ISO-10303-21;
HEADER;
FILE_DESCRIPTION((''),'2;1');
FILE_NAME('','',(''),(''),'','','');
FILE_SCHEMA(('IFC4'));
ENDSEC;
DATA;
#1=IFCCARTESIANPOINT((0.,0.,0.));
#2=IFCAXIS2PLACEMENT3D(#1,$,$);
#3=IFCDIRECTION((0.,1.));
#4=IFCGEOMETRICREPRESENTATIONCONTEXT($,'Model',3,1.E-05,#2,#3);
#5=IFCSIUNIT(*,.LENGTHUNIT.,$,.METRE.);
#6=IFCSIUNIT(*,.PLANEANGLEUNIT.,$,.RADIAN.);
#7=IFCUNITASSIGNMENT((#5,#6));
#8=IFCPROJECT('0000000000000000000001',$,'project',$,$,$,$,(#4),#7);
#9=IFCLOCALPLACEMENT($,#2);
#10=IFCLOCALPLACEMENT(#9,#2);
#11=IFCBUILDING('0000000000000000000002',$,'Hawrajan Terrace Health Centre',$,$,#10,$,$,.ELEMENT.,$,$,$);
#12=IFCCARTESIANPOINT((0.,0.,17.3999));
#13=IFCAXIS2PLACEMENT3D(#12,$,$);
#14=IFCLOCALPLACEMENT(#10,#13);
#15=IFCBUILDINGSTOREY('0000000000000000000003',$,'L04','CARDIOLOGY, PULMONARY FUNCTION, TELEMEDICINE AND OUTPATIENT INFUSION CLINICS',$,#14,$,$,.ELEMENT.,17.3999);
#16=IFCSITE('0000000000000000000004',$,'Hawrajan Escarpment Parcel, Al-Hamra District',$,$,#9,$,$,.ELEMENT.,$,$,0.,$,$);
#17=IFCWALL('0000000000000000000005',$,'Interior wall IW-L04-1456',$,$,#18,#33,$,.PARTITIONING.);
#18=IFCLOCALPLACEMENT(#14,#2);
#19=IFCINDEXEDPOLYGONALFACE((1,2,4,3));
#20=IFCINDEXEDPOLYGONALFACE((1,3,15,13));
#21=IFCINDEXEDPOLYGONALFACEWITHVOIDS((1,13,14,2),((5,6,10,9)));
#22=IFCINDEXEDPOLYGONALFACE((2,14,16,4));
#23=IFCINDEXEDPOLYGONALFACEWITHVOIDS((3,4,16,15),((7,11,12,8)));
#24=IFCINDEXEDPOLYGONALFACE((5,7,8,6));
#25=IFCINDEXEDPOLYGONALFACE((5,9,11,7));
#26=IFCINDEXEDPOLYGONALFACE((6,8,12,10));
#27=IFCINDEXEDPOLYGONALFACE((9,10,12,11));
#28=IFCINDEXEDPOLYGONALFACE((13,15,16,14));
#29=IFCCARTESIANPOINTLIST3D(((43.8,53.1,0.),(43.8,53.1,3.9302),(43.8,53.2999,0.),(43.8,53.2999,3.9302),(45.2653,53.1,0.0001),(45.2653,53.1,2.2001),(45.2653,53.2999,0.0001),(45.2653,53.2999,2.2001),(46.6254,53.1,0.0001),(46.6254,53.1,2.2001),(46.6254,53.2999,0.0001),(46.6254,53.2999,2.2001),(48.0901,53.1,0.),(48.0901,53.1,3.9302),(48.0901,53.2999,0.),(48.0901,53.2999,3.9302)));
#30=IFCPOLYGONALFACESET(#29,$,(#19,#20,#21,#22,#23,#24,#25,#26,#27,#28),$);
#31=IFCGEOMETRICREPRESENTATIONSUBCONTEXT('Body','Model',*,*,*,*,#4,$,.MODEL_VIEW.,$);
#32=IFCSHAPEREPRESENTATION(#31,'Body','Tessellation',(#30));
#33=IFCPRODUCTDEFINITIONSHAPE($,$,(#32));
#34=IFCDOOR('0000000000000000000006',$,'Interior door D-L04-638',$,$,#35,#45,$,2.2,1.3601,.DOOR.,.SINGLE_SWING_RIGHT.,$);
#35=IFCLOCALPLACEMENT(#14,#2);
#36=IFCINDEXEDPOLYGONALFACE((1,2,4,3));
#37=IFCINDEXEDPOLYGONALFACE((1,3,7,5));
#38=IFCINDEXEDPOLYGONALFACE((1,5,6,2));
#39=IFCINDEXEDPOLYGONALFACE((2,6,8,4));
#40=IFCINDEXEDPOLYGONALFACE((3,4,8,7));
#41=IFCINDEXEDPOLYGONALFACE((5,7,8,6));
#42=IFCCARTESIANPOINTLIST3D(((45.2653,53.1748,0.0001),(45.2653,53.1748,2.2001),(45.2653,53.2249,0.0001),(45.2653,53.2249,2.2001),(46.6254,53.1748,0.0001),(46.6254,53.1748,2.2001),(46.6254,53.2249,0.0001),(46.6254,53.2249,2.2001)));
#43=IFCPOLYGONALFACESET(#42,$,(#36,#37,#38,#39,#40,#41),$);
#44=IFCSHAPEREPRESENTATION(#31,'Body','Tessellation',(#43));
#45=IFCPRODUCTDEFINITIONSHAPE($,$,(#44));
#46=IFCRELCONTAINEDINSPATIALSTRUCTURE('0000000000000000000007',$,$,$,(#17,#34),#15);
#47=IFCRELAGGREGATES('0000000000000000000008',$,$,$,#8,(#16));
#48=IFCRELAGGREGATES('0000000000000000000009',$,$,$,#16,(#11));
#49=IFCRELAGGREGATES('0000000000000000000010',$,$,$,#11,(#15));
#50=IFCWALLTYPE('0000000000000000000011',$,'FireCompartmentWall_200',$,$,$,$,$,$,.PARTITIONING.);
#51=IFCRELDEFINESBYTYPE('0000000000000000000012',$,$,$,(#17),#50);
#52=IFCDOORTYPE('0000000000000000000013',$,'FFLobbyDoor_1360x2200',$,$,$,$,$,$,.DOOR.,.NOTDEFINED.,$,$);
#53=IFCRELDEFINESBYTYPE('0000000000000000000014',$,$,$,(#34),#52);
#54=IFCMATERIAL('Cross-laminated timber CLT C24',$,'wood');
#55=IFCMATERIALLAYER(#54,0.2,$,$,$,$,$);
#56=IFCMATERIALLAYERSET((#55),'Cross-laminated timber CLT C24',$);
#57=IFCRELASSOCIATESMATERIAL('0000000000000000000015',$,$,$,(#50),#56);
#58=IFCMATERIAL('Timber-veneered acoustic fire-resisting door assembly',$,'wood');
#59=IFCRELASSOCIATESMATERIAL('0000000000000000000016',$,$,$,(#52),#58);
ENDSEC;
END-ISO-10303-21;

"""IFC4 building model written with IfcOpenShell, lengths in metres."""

from ifc_helpers import new_model, si_unit, direction, frame, frame_2d, origin, place, context, subcontext, project, spatial, rectangle, extrude, material, layer, layer_set, type_object, element, fill, save


model = new_model("IFC4")

# Units and contexts
model_context = context("Model", 3, precision=1e-05, world=origin(), true_north=direction((0.0, 1.0)))
body_context = subcontext(model_context, "Body", "Model", "MODEL_VIEW")
ifc_project = project(units=[si_unit("LENGTHUNIT", "METRE"), si_unit("PLANEANGLEUNIT", "RADIAN")], contexts=[model_context])

# Site, building, storey
site_placement = place(None, origin())
site = spatial("IfcSite", under=ifc_project, at=site_placement, Name="Hawrajan Escarpment Parcel, Al-Hamra District", CompositionType="ELEMENT", RefElevation=0.0)
building_placement = place(site_placement, origin())
building = spatial("IfcBuilding", under=site, at=building_placement, Name="Hawrajan Terrace Health Centre", CompositionType="ELEMENT")
storey_placement = place(building_placement, frame((0.0, 0.0, 17.3999)))
storey = spatial("IfcBuildingStorey", under=building, at=storey_placement, Name="L04", Description="CARDIOLOGY, PULMONARY FUNCTION, TELEMEDICINE AND OUTPATIENT INFUSION CLINICS", CompositionType="ELEMENT", Elevation=17.3999)

# Wall, opening, door
ifc_material_1 = material(Name="Cross-laminated timber CLT C24", Category="wood")
ifc_layer_1 = layer(ifc_material_1, 0.2)
ifc_layer_set_1 = layer_set([ifc_layer_1], Name="Cross-laminated timber CLT C24")
wall_type_1 = type_object("IfcWallType", Name="FireCompartmentWall_200", PredefinedType="PARTITIONING", material=ifc_layer_set_1)
wall_1_placement = place(storey_placement, frame((43.8, 53.2, 0.0), z_axis=(0.0, 0.0, 1.0), x_axis=(1.0, 0.0, 0.0)))
wall_1 = element("IfcWall", 1, at=wall_1_placement, inside=storey, type_object=wall_type_1, Name="Interior wall IW-L04-1456", PredefinedType="PARTITIONING", context=body_context, shape_type="SweptSolid", body=[
    extrude(rectangle(XDim=4.29, YDim=0.2, at=frame_2d((2.145, 0.0))), origin(), (0.0, 0.0, 1.0), 3.9302),
])
opening_1_placement = place(wall_1_placement, frame((1.4651, 0.0, 0.0)))
opening_1 = element("IfcOpeningElement", 2, at=opening_1_placement, cuts=wall_1, PredefinedType="OPENING", context=body_context, shape_type="SweptSolid", body=[
    extrude(rectangle(XDim=1.3601, YDim=2.2, at=frame_2d((0.6802, 1.1001))), frame((0.0, 0.1099, 0.0), z_axis=(0.0, -1.0, 0.0), x_axis=(1.0, 0.0, 0.0)), (0.0, 0.0, 1.0), 0.22),
])
ifc_material_2 = material(Name="Timber-veneered acoustic fire-resisting door assembly", Category="wood")
door_type_1 = type_object("IfcDoorType", Name="FFLobbyDoor_1360x2200", OperationType="NOTDEFINED", PredefinedType="DOOR", material=ifc_material_2)
door_1_placement = place(opening_1_placement, origin())
door_1 = element("IfcDoor", 3, at=door_1_placement, inside=storey, type_object=door_type_1, Name="Interior door D-L04-638", OperationType="SINGLE_SWING_RIGHT", OverallHeight=2.2, OverallWidth=1.3601, PredefinedType="DOOR", context=body_context, shape_type="SweptSolid", body=[
    extrude(rectangle(XDim=1.3601, YDim=2.2, at=frame_2d((0.6802, 1.1001))), frame((0.0, 0.0249, 0.0), z_axis=(0.0, -1.0, 0.0), x_axis=(1.0, 0.0, 0.0)), (0.0, 0.0, 1.0), 0.05),
])
fill(opening_1, door_1)

save(model, "model.ifc")
